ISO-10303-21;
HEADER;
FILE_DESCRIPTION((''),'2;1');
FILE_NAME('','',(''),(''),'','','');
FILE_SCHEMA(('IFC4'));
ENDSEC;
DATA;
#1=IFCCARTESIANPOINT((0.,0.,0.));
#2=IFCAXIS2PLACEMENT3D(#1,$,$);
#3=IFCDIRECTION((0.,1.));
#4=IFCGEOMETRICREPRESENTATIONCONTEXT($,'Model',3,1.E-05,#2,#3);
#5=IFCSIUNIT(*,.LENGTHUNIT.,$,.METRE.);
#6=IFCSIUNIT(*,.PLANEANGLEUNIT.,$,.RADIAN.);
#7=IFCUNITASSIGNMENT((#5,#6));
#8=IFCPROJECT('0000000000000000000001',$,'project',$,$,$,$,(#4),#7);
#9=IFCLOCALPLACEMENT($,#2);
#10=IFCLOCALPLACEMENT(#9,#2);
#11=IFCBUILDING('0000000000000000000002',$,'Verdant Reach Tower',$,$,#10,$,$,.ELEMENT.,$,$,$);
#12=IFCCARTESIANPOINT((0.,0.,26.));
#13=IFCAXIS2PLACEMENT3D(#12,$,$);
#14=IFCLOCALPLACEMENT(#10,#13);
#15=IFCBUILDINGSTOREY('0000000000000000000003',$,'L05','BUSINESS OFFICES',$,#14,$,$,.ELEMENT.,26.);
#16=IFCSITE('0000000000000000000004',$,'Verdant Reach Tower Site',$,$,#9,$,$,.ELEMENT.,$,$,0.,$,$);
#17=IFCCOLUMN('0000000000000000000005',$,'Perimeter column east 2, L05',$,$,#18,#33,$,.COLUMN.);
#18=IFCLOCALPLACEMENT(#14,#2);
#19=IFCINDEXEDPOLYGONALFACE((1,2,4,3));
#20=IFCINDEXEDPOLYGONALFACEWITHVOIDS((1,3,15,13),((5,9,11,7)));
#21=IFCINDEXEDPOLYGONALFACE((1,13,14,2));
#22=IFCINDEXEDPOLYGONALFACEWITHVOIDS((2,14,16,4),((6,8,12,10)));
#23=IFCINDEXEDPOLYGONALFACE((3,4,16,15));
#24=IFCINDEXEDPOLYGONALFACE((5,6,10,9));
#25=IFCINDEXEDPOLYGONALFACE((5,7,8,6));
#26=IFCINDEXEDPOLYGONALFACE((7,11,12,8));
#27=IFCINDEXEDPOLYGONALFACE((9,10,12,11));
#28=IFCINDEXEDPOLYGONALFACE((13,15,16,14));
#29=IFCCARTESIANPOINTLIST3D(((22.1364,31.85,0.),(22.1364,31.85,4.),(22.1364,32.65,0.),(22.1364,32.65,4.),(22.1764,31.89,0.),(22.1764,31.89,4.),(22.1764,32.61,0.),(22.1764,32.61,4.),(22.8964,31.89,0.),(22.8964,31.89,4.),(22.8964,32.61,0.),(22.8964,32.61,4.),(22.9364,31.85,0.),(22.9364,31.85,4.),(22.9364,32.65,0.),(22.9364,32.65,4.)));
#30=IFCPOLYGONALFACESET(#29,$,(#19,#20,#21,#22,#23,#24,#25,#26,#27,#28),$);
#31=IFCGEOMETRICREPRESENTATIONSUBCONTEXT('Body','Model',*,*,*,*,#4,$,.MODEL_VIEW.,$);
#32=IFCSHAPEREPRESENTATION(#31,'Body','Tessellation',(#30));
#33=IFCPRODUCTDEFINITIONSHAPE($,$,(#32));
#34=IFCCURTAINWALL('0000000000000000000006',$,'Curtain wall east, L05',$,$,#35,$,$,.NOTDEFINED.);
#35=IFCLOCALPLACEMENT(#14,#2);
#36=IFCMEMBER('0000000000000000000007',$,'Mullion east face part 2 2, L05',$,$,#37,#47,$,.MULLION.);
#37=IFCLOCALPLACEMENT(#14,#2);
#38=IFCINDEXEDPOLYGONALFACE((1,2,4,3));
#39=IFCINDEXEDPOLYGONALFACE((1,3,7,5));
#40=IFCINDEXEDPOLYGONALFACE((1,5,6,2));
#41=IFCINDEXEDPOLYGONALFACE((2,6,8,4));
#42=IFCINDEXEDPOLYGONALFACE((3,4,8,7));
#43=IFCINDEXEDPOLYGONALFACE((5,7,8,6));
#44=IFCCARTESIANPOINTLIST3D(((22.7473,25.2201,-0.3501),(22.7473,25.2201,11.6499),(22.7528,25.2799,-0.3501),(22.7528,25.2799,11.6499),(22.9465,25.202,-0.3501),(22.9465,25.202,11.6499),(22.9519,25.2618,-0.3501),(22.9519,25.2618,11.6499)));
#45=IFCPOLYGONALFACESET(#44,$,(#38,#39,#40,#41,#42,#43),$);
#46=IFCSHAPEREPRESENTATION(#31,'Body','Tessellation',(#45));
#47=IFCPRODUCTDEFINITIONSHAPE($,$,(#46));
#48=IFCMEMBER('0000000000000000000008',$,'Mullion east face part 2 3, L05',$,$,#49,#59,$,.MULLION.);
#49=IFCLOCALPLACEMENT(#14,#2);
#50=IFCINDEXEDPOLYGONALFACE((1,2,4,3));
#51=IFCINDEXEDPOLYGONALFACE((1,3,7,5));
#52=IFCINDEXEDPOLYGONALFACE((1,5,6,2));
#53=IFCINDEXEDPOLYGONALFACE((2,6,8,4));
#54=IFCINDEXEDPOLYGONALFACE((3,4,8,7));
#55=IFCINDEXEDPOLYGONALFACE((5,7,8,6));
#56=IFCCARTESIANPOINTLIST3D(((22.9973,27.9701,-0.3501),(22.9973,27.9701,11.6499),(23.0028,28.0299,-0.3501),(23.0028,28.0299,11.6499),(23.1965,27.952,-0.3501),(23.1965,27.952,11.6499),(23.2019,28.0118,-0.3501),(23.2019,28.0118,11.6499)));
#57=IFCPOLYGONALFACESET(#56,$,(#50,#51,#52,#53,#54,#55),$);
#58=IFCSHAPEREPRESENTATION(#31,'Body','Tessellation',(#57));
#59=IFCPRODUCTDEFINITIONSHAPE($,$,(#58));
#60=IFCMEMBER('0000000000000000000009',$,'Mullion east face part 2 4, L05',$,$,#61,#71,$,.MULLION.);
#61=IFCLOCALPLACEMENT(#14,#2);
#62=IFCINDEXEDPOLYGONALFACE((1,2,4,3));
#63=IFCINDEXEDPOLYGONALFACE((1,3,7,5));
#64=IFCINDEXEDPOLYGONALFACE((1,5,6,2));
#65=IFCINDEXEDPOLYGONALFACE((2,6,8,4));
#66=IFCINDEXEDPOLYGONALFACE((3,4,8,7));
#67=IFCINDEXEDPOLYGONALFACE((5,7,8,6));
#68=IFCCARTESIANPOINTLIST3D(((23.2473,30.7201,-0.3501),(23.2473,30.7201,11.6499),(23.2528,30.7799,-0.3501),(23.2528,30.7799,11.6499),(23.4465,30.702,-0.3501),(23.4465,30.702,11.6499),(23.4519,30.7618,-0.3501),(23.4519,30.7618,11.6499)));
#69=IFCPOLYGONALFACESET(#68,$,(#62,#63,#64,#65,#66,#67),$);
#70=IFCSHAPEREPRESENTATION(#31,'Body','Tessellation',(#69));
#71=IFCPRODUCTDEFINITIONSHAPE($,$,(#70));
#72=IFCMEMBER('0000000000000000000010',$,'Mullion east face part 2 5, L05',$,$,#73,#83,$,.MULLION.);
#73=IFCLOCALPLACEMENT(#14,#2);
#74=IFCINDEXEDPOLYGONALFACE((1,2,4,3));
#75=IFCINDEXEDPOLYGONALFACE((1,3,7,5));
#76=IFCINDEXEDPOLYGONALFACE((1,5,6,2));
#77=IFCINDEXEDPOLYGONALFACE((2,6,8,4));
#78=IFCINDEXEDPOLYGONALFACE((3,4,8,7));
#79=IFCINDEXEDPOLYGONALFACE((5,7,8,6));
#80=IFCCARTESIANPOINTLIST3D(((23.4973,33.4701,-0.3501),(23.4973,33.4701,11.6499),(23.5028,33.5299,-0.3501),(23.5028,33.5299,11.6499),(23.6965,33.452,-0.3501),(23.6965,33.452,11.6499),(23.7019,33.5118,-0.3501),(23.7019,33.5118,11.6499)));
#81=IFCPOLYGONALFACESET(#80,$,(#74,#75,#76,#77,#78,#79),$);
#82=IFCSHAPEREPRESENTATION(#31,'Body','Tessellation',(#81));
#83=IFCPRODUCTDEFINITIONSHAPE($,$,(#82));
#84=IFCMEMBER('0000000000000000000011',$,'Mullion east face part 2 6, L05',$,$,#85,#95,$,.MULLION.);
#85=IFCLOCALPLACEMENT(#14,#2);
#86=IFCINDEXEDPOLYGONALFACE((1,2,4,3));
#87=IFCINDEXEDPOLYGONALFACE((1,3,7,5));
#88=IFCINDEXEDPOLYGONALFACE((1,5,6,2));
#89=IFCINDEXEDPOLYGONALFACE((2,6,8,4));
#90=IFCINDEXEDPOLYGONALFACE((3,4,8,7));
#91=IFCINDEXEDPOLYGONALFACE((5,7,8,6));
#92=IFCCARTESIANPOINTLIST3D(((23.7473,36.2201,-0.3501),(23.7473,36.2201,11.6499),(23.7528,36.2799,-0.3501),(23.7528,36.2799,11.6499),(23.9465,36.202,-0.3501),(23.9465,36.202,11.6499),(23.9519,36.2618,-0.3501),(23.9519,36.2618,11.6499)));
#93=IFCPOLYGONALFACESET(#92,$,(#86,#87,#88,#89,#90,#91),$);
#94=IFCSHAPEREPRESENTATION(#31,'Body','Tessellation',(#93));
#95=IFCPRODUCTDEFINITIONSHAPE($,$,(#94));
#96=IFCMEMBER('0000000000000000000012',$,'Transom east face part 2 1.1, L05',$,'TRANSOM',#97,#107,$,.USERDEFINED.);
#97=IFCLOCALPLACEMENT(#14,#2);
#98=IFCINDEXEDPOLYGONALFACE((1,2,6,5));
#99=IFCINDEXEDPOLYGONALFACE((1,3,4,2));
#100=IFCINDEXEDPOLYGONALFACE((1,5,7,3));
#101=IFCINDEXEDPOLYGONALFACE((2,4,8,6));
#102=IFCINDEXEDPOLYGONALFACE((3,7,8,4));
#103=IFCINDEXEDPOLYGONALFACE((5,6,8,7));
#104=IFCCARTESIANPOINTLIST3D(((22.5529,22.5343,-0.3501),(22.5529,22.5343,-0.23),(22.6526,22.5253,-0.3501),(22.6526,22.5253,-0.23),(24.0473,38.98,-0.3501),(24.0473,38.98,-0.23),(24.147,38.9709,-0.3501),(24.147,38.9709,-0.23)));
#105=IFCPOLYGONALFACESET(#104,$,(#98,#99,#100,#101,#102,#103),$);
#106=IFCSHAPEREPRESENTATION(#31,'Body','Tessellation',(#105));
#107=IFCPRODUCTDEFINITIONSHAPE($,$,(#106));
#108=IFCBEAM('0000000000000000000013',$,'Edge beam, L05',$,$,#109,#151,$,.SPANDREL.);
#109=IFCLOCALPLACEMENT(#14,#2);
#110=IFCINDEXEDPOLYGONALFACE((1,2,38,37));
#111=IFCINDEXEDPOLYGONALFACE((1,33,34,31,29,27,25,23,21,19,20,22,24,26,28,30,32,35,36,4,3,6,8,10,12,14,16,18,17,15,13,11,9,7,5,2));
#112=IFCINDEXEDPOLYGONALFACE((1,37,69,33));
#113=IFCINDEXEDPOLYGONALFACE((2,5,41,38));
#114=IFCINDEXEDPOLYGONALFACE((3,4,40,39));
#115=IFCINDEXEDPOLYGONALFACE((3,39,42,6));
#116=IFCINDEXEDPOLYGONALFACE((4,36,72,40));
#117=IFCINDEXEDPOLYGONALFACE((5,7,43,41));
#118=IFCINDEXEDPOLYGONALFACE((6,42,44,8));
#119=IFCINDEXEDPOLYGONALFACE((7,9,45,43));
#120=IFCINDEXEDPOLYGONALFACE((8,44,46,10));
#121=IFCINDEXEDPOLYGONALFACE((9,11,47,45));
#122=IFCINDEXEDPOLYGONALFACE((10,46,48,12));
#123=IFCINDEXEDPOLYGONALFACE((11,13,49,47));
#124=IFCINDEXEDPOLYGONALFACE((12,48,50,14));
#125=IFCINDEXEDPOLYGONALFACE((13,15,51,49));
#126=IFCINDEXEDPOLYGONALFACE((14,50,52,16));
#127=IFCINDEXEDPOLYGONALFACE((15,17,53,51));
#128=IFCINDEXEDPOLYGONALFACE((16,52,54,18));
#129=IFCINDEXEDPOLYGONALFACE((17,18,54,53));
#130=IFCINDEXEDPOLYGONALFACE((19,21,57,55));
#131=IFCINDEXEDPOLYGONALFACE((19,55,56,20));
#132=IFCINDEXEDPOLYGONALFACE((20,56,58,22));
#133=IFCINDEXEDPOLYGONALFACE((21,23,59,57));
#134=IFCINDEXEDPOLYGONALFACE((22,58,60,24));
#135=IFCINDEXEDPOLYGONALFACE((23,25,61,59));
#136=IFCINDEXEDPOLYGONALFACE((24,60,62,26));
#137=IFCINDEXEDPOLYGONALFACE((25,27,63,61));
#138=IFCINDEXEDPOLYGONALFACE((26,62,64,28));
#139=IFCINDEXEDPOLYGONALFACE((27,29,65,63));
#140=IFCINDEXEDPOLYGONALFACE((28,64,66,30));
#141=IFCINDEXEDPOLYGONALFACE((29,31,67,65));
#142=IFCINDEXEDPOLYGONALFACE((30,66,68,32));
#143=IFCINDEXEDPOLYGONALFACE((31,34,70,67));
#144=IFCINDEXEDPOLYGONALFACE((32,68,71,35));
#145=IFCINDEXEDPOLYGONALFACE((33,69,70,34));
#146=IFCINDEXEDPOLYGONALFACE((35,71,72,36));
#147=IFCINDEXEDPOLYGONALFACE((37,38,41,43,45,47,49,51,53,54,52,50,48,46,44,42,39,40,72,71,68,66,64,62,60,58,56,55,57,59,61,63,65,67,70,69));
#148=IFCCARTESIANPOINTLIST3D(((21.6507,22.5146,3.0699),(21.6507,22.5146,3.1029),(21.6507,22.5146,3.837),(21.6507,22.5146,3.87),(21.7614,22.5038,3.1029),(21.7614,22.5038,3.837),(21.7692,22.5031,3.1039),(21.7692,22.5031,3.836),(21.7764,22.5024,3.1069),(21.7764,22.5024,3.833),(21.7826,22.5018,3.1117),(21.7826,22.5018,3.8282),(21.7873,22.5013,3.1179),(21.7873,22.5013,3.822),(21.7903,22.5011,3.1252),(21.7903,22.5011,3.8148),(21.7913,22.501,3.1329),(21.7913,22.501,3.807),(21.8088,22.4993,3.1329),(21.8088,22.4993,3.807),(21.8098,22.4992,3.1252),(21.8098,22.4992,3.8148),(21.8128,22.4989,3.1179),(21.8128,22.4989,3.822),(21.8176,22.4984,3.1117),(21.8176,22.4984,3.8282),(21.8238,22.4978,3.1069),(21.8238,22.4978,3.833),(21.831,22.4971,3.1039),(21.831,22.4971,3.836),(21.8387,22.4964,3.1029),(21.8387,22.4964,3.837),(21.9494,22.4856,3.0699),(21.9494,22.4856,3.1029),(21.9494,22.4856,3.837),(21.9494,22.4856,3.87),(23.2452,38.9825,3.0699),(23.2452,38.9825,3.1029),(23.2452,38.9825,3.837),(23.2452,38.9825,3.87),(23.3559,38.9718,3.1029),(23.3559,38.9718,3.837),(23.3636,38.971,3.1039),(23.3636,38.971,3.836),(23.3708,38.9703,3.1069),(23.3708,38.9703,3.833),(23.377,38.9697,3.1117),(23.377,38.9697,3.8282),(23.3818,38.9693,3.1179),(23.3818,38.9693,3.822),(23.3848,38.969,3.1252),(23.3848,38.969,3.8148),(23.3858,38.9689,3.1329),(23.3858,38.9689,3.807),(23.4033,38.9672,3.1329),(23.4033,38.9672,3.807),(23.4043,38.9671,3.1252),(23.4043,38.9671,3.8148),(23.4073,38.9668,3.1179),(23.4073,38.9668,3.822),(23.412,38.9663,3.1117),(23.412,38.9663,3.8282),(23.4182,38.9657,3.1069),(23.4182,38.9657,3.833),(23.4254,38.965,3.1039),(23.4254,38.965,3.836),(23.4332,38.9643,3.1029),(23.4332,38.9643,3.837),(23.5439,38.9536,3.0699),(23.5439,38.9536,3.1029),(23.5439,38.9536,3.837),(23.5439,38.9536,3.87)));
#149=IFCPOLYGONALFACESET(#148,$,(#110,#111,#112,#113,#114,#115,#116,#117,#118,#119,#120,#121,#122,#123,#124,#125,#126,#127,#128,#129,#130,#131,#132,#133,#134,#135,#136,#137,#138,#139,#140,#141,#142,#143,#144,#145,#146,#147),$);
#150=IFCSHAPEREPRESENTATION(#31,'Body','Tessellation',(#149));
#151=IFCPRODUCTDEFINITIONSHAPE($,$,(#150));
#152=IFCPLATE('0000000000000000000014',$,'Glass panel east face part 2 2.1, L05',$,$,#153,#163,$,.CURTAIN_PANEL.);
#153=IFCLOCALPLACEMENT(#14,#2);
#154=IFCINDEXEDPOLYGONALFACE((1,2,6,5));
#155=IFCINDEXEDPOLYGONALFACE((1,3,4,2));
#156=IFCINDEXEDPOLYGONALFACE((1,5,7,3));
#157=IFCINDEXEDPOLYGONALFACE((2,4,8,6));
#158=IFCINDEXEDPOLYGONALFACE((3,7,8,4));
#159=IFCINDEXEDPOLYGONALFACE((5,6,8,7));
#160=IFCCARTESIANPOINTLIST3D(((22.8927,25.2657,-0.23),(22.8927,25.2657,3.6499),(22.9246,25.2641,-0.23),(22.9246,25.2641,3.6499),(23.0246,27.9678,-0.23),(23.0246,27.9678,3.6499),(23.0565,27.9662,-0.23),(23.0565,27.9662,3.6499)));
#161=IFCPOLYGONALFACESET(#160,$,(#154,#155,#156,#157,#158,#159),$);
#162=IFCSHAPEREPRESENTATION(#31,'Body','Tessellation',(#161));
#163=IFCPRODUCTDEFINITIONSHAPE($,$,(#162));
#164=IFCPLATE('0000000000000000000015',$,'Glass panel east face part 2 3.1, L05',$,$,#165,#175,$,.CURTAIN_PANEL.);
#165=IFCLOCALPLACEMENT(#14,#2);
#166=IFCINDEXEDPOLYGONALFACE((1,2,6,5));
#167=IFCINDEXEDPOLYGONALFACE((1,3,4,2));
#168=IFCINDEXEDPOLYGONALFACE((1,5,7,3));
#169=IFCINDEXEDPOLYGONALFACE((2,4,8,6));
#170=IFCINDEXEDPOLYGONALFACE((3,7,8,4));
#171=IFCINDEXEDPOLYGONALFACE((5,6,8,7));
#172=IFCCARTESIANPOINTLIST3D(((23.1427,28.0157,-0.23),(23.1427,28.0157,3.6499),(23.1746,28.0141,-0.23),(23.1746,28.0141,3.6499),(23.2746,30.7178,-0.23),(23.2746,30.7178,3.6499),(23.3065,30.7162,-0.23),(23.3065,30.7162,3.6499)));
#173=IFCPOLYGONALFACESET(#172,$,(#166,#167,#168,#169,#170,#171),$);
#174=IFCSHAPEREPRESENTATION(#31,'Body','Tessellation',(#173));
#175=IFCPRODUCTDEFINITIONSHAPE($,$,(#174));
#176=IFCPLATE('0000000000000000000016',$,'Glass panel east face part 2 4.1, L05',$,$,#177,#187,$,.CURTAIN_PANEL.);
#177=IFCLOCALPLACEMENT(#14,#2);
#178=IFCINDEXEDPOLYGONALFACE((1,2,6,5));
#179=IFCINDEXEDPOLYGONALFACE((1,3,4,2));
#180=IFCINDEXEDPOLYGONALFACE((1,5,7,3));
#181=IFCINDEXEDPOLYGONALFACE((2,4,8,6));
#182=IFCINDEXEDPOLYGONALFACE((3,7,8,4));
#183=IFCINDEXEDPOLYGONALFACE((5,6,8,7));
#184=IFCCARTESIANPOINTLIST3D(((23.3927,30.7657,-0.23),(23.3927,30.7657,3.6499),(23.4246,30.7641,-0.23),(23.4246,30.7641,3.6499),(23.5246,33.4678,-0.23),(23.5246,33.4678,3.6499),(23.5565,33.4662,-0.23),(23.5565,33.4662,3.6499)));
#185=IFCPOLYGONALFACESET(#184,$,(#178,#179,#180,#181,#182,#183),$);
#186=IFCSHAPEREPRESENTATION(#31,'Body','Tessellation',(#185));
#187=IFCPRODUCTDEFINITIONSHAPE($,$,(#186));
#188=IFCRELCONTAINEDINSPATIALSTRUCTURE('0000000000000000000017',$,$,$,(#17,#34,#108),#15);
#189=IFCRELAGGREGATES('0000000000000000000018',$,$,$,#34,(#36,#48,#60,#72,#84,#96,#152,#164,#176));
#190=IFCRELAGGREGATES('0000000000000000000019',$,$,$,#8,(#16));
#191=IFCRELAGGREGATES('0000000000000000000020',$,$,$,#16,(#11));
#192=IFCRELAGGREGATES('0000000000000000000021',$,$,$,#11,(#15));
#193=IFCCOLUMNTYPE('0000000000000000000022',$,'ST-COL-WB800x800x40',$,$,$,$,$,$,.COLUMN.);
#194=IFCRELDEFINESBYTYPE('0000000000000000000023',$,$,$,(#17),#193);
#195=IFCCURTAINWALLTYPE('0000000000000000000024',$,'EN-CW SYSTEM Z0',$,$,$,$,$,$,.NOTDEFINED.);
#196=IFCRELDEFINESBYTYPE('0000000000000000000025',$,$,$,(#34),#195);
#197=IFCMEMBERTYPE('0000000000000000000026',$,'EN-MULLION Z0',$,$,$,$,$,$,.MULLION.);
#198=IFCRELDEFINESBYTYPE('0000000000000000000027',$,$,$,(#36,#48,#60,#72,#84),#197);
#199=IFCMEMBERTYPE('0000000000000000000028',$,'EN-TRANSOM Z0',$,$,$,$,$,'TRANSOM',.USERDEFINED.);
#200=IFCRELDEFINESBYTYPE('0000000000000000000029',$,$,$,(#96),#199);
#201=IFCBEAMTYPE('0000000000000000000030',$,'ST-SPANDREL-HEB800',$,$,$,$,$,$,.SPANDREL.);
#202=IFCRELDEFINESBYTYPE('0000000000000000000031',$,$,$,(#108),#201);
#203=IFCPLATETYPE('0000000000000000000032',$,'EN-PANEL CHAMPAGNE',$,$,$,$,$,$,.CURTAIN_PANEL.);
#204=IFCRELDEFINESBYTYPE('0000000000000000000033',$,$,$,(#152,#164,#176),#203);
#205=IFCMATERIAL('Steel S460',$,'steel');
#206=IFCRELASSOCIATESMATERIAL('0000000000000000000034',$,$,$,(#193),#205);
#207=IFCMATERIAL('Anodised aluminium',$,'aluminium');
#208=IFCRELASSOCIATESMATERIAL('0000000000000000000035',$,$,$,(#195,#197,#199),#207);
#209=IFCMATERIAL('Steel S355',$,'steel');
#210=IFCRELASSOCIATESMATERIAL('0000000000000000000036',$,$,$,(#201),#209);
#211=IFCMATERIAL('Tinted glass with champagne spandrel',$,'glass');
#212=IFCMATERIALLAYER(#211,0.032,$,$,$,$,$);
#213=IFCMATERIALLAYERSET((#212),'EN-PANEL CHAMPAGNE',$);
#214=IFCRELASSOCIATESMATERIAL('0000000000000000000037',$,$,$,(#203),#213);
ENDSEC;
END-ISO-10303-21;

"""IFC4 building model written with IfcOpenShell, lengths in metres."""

from ifc_helpers import new_model, si_unit, direction, frame, origin, origin_2d, place, context, subcontext, project, spatial, rectangle, hollow_rectangle, i_section, extrude, material, layer, layer_set, material_profile, profile_set, type_object, element, aggregate, save


model = new_model("IFC4")

# Units and contexts
model_context = context("Model", 3, precision=1e-05, world=origin(), true_north=direction((0.0, 1.0)))
body_context = subcontext(model_context, "Body", "Model", "MODEL_VIEW")
ifc_project = project(units=[si_unit("LENGTHUNIT", "METRE"), si_unit("PLANEANGLEUNIT", "RADIAN")], contexts=[model_context])

# Site, building, storey
site_placement = place(None, origin())
site = spatial("IfcSite", under=ifc_project, at=site_placement, Name="Verdant Reach Tower Site", CompositionType="ELEMENT", RefElevation=0.0)
building_placement = place(site_placement, origin())
building = spatial("IfcBuilding", under=site, at=building_placement, Name="Verdant Reach Tower", CompositionType="ELEMENT")
storey_placement = place(building_placement, frame((0.0, 0.0, 26.0)))
storey = spatial("IfcBuildingStorey", under=building, at=storey_placement, Name="L05", Description="BUSINESS OFFICES", CompositionType="ELEMENT", Elevation=26.0)

# Column
ifc_material_1 = material(Name="Steel S460", Category="steel")
ifc_material_profile_1 = material_profile(ifc_material_1, hollow_rectangle(XDim=0.8, YDim=0.8, WallThickness=0.04, at=origin_2d()), Name="WB 800x800x40")
ifc_profile_set_1 = profile_set([ifc_material_profile_1], Name="Steel S460")
column_type = type_object("IfcColumnType", Name="ST-COL-WB800x800x40", PredefinedType="COLUMN", material=ifc_profile_set_1)
column_placement = place(storey_placement, frame((22.5364, 32.25, 0.0), z_axis=(0.0, 0.0, 1.0), x_axis=(1.0, 0.0, 0.0)))
element("IfcColumn", 1, at=column_placement, inside=storey, type_object=column_type, Name="Perimeter column east 2, L05", PredefinedType="COLUMN", context=body_context, shape_type="SweptSolid", body=[
    extrude(hollow_rectangle(XDim=0.8, YDim=0.8, WallThickness=0.04, at=origin_2d()), origin(), (0.0, 0.0, 1.0), 4.0),
])

# Curtain wall, members
ifc_material_2 = material(Name="Anodised aluminium", Category="aluminium")
curtain_wall_type = type_object("IfcCurtainWallType", Name="EN-CW SYSTEM Z0", PredefinedType="NOTDEFINED", material=ifc_material_2)
curtain_wall_placement = place(storey_placement, origin())
curtain_wall = element("IfcCurtainWall", 2, at=curtain_wall_placement, inside=storey, type_object=curtain_wall_type, Name="Curtain wall east, L05", PredefinedType="NOTDEFINED")
ifc_material_profile_2 = material_profile(ifc_material_2, rectangle(XDim=0.2, YDim=0.0601, at=origin_2d()), Name="Mullion 60x200")
ifc_profile_set_2 = profile_set([ifc_material_profile_2], Name="Anodised aluminium")
member_type_1 = type_object("IfcMemberType", Name="EN-MULLION Z0", PredefinedType="MULLION", material=ifc_profile_set_2)
member_1_placement = place(storey_placement, frame((22.8496, 25.241, -0.3501), z_axis=(0.0, 0.0, 1.0), x_axis=(0.995893, -0.090536, 0.0)))
member_1 = element("IfcMember", 3, at=member_1_placement, type_object=member_type_1, Name="Mullion east face part 2 2, L05", PredefinedType="MULLION", context=body_context, shape_type="SweptSolid", body=[
    extrude(rectangle(XDim=0.2, YDim=0.0601, at=origin_2d()), origin(), (0.0, 0.0, 1.0), 12.0),
])
member_2_placement = place(storey_placement, frame((23.0996, 27.991, -0.3501), z_axis=(0.0, 0.0, 1.0), x_axis=(0.995893, -0.090536, 0.0)))
member_2 = element("IfcMember", 4, at=member_2_placement, type_object=member_type_1, Name="Mullion east face part 2 3, L05", PredefinedType="MULLION", context=body_context, shape_type="SweptSolid", body=[
    extrude(rectangle(XDim=0.2, YDim=0.0601, at=origin_2d()), origin(), (0.0, 0.0, 1.0), 12.0),
])
member_3_placement = place(storey_placement, frame((23.3496, 30.741, -0.3501), z_axis=(0.0, 0.0, 1.0), x_axis=(0.995893, -0.090536, 0.0)))
member_3 = element("IfcMember", 5, at=member_3_placement, type_object=member_type_1, Name="Mullion east face part 2 4, L05", PredefinedType="MULLION", context=body_context, shape_type="SweptSolid", body=[
    extrude(rectangle(XDim=0.2, YDim=0.0601, at=origin_2d()), origin(), (0.0, 0.0, 1.0), 12.0),
])
member_4_placement = place(storey_placement, frame((23.5996, 33.491, -0.3501), z_axis=(0.0, 0.0, 1.0), x_axis=(0.995893, -0.090536, 0.0)))
member_4 = element("IfcMember", 6, at=member_4_placement, type_object=member_type_1, Name="Mullion east face part 2 5, L05", PredefinedType="MULLION", context=body_context, shape_type="SweptSolid", body=[
    extrude(rectangle(XDim=0.2, YDim=0.0601, at=origin_2d()), origin(), (0.0, 0.0, 1.0), 12.0),
])
member_5_placement = place(storey_placement, frame((23.8496, 36.241, -0.3501), z_axis=(0.0, 0.0, 1.0), x_axis=(0.995893, -0.090536, 0.0)))
member_5 = element("IfcMember", 7, at=member_5_placement, type_object=member_type_1, Name="Mullion east face part 2 6, L05", PredefinedType="MULLION", context=body_context, shape_type="SweptSolid", body=[
    extrude(rectangle(XDim=0.2, YDim=0.0601, at=origin_2d()), origin(), (0.0, 0.0, 1.0), 12.0),
])
ifc_material_profile_3 = material_profile(ifc_material_2, rectangle(XDim=0.1001, YDim=0.1201, at=origin_2d()), Name="Transom 120x100")
ifc_profile_set_3 = profile_set([ifc_material_profile_3], Name="Anodised aluminium")
member_type_2 = type_object("IfcMemberType", Name="EN-TRANSOM Z0", ElementType="TRANSOM", PredefinedType="USERDEFINED", material=ifc_profile_set_3)
member_6_placement = place(storey_placement, frame((22.6028, 22.5298, -0.29), z_axis=(0.090496, 0.995897, 0.0), x_axis=(-0.995897, 0.090496, 0.0)))
member_6 = element("IfcMember", 8, at=member_6_placement, type_object=member_type_2, Name="Transom east face part 2 1.1, L05", ObjectType="TRANSOM", PredefinedType="USERDEFINED", context=body_context, shape_type="SweptSolid", body=[
    extrude(rectangle(XDim=0.1001, YDim=0.1201, at=origin_2d()), origin(), (0.0, 0.0, 1.0), 16.5134),
])

# Beam
ifc_material_3 = material(Name="Steel S355", Category="steel")
ifc_material_profile_4 = material_profile(ifc_material_3, i_section(OverallWidth=0.3, OverallDepth=0.8, WebThickness=0.0176, FlangeThickness=0.033, FilletRadius=0.03, at=origin_2d()), Name="HEB 800")
ifc_profile_set_4 = profile_set([ifc_material_profile_4], Name="Steel S355")
beam_type = type_object("IfcBeamType", Name="ST-SPANDREL-HEB800", PredefinedType="SPANDREL", material=ifc_profile_set_4)
beam_placement = place(storey_placement, frame((23.3945, 38.968, 3.47), z_axis=(-0.096372, -0.995345, 0.0), x_axis=(0.995345, -0.096372, 0.0)))
element("IfcBeam", 9, at=beam_placement, inside=storey, type_object=beam_type, Name="Edge beam, L05", PredefinedType="SPANDREL", context=body_context, shape_type="SweptSolid", body=[
    extrude(i_section(OverallWidth=0.3, OverallDepth=0.8, WebThickness=0.0176, FlangeThickness=0.033, FilletRadius=0.03, at=origin_2d()), origin(), (0.0, 0.0, 1.0), 16.5449),
])

# Plates
ifc_material_4 = material(Name="Tinted glass with champagne spandrel", Category="glass")
ifc_layer_1 = layer(ifc_material_4, 0.032)
ifc_layer_set_1 = layer_set([ifc_layer_1], Name="EN-PANEL CHAMPAGNE")
plate_type_1 = type_object("IfcPlateType", Name="EN-PANEL CHAMPAGNE", PredefinedType="CURTAIN_PANEL", material=ifc_layer_set_1)
plate_1_placement = place(storey_placement, frame((22.9746, 26.616, -0.23), z_axis=(0.0, 0.0, 1.0), x_axis=(0.048753, 0.998811, 0.0)))
plate_1 = element("IfcPlate", 10, at=plate_1_placement, type_object=plate_type_1, Name="Glass panel east face part 2 2.1, L05", PredefinedType="CURTAIN_PANEL", context=body_context, shape_type="SweptSolid", body=[
    extrude(rectangle(XDim=2.7053, YDim=0.032, at=origin_2d()), origin(), (0.0, 0.0, 1.0), 3.8799),
])
plate_2_placement = place(storey_placement, frame((23.2246, 29.366, -0.23), z_axis=(0.0, 0.0, 1.0), x_axis=(0.048753, 0.998811, 0.0)))
plate_2 = element("IfcPlate", 11, at=plate_2_placement, type_object=plate_type_1, Name="Glass panel east face part 2 3.1, L05", PredefinedType="CURTAIN_PANEL", context=body_context, shape_type="SweptSolid", body=[
    extrude(rectangle(XDim=2.7053, YDim=0.032, at=origin_2d()), origin(), (0.0, 0.0, 1.0), 3.8799),
])
plate_3_placement = place(storey_placement, frame((23.4746, 32.116, -0.23), z_axis=(0.0, 0.0, 1.0), x_axis=(0.048753, 0.998811, 0.0)))
plate_3 = element("IfcPlate", 12, at=plate_3_placement, type_object=plate_type_1, Name="Glass panel east face part 2 4.1, L05", PredefinedType="CURTAIN_PANEL", context=body_context, shape_type="SweptSolid", body=[
    extrude(rectangle(XDim=2.7053, YDim=0.032, at=origin_2d()), origin(), (0.0, 0.0, 1.0), 3.8799),
])
aggregate(curtain_wall, [member_1, member_2, member_3, member_4, member_5, member_6, plate_1, plate_2, plate_3])

save(model, "model.ifc")
